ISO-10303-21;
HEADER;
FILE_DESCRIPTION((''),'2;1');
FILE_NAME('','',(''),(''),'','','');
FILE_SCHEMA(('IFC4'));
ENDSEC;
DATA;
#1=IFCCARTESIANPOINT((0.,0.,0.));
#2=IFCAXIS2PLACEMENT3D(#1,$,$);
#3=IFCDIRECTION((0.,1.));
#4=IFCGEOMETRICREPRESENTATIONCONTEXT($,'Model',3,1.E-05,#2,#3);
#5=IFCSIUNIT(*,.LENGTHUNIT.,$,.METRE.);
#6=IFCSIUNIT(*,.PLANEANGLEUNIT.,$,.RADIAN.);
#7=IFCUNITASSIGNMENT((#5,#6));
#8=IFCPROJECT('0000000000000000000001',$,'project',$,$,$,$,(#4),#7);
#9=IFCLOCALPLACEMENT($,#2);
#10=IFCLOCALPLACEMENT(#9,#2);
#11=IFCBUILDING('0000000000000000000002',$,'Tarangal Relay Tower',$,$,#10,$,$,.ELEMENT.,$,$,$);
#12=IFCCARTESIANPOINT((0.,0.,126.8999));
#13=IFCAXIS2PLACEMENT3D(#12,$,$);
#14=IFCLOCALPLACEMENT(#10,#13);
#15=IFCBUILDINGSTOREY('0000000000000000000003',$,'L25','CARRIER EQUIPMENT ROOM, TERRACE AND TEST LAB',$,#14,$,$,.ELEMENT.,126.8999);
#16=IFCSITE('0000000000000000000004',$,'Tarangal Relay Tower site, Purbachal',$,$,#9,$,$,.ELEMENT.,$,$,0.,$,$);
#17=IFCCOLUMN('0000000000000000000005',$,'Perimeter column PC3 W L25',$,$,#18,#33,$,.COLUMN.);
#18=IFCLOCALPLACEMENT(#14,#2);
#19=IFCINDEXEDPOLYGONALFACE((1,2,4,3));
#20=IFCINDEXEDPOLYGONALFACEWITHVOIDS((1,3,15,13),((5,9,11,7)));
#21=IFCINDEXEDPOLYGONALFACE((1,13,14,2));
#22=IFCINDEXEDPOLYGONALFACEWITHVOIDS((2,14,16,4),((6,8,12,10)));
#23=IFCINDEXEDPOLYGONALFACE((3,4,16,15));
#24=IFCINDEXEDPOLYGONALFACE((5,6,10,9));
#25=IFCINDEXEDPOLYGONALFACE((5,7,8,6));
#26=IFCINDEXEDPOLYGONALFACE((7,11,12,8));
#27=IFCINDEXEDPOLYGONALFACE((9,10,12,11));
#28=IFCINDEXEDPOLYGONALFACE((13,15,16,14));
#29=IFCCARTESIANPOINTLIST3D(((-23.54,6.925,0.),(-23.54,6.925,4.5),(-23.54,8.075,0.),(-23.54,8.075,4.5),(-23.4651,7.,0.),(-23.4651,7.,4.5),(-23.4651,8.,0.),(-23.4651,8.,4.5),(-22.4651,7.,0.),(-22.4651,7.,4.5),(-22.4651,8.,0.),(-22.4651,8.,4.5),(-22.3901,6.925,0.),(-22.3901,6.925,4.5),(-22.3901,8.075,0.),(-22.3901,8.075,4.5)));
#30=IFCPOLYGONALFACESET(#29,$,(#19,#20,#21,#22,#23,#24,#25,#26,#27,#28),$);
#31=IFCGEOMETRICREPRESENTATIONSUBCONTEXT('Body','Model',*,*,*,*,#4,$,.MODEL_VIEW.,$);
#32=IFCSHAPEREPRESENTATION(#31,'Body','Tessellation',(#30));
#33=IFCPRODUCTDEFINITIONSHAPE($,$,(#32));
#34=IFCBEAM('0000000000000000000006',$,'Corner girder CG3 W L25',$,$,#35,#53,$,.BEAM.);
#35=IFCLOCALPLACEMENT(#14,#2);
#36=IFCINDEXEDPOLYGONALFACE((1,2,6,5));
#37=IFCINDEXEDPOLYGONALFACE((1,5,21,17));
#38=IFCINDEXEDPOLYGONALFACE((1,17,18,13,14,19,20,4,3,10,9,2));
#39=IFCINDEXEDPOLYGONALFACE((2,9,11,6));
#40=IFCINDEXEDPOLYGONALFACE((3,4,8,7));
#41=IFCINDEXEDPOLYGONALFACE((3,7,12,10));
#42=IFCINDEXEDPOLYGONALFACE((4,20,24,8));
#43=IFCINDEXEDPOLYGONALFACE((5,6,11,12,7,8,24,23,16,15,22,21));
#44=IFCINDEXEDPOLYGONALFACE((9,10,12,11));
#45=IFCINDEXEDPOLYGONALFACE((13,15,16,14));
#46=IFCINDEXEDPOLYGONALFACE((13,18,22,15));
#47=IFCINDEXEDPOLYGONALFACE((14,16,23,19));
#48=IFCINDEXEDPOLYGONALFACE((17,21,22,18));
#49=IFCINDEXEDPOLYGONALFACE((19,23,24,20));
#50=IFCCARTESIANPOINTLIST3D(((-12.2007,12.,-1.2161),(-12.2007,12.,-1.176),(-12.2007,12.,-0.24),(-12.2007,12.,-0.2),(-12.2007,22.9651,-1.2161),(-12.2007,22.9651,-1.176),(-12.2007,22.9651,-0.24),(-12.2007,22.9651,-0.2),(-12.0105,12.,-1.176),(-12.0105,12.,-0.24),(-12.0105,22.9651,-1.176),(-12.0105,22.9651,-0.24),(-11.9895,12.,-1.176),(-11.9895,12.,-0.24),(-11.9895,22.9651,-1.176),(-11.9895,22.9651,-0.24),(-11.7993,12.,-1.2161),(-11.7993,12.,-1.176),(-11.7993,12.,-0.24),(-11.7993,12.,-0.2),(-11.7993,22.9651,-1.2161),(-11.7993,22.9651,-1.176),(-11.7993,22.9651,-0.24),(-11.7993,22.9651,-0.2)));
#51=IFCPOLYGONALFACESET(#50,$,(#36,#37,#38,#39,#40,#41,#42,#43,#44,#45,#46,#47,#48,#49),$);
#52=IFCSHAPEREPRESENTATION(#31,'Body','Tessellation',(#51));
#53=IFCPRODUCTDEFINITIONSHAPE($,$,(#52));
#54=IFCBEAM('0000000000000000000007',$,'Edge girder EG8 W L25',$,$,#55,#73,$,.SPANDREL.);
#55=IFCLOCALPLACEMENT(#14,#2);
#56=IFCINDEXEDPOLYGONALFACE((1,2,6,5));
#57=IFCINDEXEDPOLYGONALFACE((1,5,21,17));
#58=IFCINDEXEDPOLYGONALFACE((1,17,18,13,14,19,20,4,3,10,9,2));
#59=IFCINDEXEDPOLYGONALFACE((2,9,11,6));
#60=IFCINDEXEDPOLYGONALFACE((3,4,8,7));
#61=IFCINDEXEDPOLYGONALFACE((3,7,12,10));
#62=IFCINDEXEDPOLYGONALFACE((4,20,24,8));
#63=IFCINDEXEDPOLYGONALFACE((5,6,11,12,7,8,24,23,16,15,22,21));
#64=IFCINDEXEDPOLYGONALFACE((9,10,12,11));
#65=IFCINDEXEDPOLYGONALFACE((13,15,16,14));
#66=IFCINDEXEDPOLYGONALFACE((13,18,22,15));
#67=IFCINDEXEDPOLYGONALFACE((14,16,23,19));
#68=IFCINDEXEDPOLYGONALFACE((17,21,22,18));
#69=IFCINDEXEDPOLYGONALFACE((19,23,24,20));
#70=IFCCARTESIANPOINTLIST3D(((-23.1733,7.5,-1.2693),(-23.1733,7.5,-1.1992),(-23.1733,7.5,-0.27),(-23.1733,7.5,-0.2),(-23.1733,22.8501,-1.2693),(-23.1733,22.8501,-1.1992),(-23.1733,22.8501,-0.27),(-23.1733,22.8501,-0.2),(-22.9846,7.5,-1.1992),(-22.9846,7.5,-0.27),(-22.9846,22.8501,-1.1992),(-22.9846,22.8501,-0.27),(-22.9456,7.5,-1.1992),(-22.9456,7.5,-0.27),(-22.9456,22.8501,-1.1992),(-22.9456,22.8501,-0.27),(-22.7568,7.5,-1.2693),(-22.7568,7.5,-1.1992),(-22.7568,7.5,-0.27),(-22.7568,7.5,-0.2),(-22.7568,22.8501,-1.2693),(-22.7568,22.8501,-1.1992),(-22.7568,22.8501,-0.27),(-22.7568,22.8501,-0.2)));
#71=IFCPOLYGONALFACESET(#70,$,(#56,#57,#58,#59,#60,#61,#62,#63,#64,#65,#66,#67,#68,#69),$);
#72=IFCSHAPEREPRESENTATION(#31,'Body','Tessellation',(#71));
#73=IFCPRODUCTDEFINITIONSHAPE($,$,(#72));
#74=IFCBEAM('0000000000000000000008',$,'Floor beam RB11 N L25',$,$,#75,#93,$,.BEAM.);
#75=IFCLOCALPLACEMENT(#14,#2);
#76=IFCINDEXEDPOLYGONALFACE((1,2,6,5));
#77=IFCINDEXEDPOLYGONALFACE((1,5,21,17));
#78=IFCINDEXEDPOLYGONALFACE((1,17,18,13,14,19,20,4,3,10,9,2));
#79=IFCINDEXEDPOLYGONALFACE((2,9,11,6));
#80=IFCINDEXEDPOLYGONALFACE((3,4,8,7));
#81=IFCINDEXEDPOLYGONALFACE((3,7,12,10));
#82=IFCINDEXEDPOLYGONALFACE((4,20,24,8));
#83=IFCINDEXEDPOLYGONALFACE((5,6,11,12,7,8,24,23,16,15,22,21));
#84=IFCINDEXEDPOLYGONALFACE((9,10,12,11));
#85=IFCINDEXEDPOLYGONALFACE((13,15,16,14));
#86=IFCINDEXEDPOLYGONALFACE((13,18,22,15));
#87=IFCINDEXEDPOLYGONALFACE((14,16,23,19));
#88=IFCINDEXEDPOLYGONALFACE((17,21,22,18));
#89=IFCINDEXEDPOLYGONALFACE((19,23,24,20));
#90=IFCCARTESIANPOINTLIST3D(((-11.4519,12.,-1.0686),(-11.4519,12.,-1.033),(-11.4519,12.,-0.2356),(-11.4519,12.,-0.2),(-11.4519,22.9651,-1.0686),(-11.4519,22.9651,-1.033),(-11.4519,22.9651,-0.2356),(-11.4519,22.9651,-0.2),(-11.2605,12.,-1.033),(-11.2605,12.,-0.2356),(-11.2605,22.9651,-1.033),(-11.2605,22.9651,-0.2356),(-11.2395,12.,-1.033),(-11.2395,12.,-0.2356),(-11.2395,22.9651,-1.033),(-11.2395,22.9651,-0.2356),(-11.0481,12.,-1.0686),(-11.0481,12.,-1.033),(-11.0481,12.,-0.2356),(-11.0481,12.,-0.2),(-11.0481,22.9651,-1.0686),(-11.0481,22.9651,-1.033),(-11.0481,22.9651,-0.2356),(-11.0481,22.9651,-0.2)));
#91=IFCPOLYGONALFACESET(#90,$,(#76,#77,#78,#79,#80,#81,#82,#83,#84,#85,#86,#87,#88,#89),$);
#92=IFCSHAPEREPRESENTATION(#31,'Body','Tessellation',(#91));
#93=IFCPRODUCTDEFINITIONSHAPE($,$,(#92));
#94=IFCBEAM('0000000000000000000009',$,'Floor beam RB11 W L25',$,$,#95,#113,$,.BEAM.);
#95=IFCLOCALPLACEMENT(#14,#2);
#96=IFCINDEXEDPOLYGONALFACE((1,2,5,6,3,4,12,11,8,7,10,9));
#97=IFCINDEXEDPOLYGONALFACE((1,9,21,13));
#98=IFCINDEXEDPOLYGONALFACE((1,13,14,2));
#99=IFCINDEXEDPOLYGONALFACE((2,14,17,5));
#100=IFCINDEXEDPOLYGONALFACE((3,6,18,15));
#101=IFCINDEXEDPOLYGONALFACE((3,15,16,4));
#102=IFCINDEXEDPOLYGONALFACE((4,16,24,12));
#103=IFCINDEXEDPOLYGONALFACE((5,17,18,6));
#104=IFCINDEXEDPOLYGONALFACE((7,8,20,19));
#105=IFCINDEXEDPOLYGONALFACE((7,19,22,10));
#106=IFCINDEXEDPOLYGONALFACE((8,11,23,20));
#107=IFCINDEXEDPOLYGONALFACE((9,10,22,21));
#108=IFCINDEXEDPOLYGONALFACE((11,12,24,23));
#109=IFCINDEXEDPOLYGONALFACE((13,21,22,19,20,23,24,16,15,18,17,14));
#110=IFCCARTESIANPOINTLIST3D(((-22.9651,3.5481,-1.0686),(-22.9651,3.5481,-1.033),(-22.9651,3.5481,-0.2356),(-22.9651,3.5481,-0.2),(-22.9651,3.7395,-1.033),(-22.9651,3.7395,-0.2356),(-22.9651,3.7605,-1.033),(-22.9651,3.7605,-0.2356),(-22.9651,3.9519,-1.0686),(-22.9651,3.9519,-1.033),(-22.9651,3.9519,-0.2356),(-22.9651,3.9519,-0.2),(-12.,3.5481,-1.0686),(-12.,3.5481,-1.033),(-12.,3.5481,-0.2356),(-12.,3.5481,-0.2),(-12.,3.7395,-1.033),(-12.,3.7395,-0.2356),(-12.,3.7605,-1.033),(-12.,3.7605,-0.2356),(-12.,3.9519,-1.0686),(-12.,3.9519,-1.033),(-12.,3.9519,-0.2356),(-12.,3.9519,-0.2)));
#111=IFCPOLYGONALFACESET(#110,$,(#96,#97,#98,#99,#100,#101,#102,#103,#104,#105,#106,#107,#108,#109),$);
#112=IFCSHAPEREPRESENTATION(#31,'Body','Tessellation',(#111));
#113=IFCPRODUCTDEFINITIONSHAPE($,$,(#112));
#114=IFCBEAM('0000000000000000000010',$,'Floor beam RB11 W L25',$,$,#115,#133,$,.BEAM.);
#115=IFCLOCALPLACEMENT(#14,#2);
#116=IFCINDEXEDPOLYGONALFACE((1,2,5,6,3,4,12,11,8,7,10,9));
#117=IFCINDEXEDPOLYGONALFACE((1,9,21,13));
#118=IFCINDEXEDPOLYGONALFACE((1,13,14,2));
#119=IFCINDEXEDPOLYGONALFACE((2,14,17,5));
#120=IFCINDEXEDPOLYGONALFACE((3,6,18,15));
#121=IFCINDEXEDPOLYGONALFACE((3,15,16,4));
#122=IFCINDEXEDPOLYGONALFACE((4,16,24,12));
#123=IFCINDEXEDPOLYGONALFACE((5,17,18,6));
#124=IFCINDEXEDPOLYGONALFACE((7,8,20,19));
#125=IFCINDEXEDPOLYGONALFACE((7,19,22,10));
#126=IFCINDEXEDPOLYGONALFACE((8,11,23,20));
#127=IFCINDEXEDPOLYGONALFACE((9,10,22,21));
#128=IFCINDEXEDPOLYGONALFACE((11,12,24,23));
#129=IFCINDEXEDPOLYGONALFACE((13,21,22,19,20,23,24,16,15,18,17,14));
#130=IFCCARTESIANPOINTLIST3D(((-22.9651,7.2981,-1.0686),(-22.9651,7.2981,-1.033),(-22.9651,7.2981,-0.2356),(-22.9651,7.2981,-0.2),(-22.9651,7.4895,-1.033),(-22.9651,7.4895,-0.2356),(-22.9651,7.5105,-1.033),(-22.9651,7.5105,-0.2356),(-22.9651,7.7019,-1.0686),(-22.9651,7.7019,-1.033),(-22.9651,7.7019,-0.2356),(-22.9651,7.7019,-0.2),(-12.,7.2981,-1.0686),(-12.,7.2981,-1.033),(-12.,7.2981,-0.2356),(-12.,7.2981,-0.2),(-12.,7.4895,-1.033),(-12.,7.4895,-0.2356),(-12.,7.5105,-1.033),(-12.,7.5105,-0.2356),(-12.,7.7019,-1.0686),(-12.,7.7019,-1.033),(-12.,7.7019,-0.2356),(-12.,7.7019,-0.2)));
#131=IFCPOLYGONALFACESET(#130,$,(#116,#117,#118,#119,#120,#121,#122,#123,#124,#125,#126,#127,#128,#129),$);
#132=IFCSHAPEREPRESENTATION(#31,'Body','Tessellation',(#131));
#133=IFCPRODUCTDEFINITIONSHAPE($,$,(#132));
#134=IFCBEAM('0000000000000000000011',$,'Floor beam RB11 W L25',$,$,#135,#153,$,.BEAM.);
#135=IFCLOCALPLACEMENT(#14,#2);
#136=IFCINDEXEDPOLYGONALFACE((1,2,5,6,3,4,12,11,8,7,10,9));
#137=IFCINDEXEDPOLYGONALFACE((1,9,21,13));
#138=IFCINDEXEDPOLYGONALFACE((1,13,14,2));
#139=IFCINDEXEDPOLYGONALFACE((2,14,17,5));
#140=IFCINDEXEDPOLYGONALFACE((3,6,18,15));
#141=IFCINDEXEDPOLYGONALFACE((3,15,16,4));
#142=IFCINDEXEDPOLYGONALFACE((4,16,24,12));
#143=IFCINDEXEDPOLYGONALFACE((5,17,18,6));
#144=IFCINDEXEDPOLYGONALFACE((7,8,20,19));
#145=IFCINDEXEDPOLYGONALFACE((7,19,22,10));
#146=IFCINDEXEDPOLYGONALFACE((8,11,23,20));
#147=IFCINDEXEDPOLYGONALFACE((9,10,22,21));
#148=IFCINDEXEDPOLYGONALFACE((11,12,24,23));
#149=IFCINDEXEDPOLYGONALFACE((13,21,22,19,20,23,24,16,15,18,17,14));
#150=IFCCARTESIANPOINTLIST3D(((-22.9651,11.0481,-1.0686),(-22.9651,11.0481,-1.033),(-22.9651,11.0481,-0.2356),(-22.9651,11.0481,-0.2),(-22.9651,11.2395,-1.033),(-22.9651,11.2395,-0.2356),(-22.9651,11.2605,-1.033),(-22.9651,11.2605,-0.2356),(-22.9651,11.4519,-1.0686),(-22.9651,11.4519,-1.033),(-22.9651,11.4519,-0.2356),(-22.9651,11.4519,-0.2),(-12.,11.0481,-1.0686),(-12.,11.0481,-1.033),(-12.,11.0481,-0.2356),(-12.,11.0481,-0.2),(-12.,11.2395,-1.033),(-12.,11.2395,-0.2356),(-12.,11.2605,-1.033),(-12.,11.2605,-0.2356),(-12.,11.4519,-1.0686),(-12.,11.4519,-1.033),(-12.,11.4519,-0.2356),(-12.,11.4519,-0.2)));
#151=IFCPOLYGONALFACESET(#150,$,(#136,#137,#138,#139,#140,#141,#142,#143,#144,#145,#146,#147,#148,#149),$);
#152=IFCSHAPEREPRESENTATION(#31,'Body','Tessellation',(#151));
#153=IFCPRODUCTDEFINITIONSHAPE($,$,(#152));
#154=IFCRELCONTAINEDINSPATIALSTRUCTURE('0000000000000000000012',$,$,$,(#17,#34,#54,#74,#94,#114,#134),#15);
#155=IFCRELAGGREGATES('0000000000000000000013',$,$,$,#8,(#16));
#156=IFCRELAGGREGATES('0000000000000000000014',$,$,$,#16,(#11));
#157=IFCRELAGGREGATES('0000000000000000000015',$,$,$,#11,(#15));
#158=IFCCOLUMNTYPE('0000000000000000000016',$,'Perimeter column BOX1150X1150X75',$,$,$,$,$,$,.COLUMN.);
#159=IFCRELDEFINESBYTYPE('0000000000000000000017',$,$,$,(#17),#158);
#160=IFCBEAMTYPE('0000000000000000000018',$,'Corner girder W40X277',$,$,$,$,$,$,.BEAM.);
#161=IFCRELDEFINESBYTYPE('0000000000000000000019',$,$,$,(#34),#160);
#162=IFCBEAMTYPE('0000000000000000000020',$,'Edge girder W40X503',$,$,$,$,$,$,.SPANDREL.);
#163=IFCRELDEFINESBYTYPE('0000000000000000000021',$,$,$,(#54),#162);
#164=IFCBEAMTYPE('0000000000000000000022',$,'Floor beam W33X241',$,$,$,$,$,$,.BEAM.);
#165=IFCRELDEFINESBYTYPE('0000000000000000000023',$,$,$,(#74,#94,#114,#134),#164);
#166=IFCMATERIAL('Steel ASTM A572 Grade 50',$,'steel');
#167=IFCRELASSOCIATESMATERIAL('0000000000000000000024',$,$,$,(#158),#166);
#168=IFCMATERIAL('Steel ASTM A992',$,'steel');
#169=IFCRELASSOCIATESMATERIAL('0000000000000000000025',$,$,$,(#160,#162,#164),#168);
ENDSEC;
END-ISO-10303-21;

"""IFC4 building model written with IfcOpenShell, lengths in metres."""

from ifc_helpers import new_model, si_unit, direction, frame, origin, origin_2d, place, context, subcontext, project, spatial, hollow_rectangle, i_section, extrude, material, material_profile, profile_set, type_object, element, save


model = new_model("IFC4")

# Units and contexts
model_context = context("Model", 3, precision=1e-05, world=origin(), true_north=direction((0.0, 1.0)))
body_context = subcontext(model_context, "Body", "Model", "MODEL_VIEW")
ifc_project = project(units=[si_unit("LENGTHUNIT", "METRE"), si_unit("PLANEANGLEUNIT", "RADIAN")], contexts=[model_context])

# Site, building, storey
site_placement = place(None, origin())
site = spatial("IfcSite", under=ifc_project, at=site_placement, Name="Tarangal Relay Tower site, Purbachal", CompositionType="ELEMENT", RefElevation=0.0)
building_placement = place(site_placement, origin())
building = spatial("IfcBuilding", under=site, at=building_placement, Name="Tarangal Relay Tower", CompositionType="ELEMENT")
storey_placement = place(building_placement, frame((0.0, 0.0, 126.8999)))
storey = spatial("IfcBuildingStorey", under=building, at=storey_placement, Name="L25", Description="CARRIER EQUIPMENT ROOM, TERRACE AND TEST LAB", CompositionType="ELEMENT", Elevation=126.8999)

# Column
ifc_material_1 = material(Name="Steel ASTM A572 Grade 50", Category="steel")
ifc_material_profile_1 = material_profile(ifc_material_1, hollow_rectangle(XDim=1.1499, YDim=1.1499, WallThickness=0.075, at=origin_2d()), Name="BOX1150X1150X75")
ifc_profile_set_1 = profile_set([ifc_material_profile_1], Name="Steel ASTM A572 Grade 50")
column_type = type_object("IfcColumnType", Name="Perimeter column BOX1150X1150X75", PredefinedType="COLUMN", material=ifc_profile_set_1)
column_placement = place(storey_placement, frame((-22.9651, 7.5, 0.0), z_axis=(0.0, 0.0, 1.0), x_axis=(1.0, 0.0, 0.0)))
element("IfcColumn", 1, at=column_placement, inside=storey, type_object=column_type, Name="Perimeter column PC3 W L25", PredefinedType="COLUMN", context=body_context, shape_type="SweptSolid", body=[
    extrude(hollow_rectangle(XDim=1.1499, YDim=1.1499, WallThickness=0.075, at=origin_2d()), origin(), (0.0, 0.0, 1.0), 4.5),
])

# Beams
ifc_material_2 = material(Name="Steel ASTM A992", Category="steel")
ifc_material_profile_2 = material_profile(ifc_material_2, i_section(OverallWidth=0.4014, OverallDepth=1.0161, WebThickness=0.021, FlangeThickness=0.04, at=origin_2d()), Name="W40X277")
ifc_profile_set_2 = profile_set([ifc_material_profile_2], Name="Steel ASTM A992")
beam_type_1 = type_object("IfcBeamType", Name="Corner girder W40X277", PredefinedType="BEAM", material=ifc_profile_set_2)
beam_1_placement = place(storey_placement, frame((-12.0, 12.0, -0.708), z_axis=(0.0, 1.0, 0.0), x_axis=(-1.0, 0.0, 0.0)))
element("IfcBeam", 2, at=beam_1_placement, inside=storey, type_object=beam_type_1, Name="Corner girder CG3 W L25", PredefinedType="BEAM", context=body_context, shape_type="SweptSolid", body=[
    extrude(i_section(OverallWidth=0.4014, OverallDepth=1.0161, WebThickness=0.021, FlangeThickness=0.04, at=origin_2d()), origin(), (0.0, 0.0, 1.0), 10.9651),
])
ifc_material_profile_3 = material_profile(ifc_material_2, i_section(OverallWidth=0.4165, OverallDepth=1.0693, WebThickness=0.0391, FlangeThickness=0.0701, at=origin_2d()), Name="W40X503")
ifc_profile_set_3 = profile_set([ifc_material_profile_3], Name="Steel ASTM A992")
beam_type_2 = type_object("IfcBeamType", Name="Edge girder W40X503", PredefinedType="SPANDREL", material=ifc_profile_set_3)
beam_2_placement = place(storey_placement, frame((-22.9651, 7.5, -0.7346), z_axis=(0.0, 1.0, 0.0), x_axis=(-1.0, 0.0, 0.0)))
element("IfcBeam", 3, at=beam_2_placement, inside=storey, type_object=beam_type_2, Name="Edge girder EG8 W L25", PredefinedType="SPANDREL", context=body_context, shape_type="SweptSolid", body=[
    extrude(i_section(OverallWidth=0.4165, OverallDepth=1.0693, WebThickness=0.0391, FlangeThickness=0.0701, at=origin_2d()), origin(), (0.0, 0.0, 1.0), 15.3501),
])
ifc_material_profile_4 = material_profile(ifc_material_2, i_section(OverallWidth=0.4038, OverallDepth=0.8687, WebThickness=0.021, FlangeThickness=0.0356, at=origin_2d()), Name="W33X241")
ifc_profile_set_4 = profile_set([ifc_material_profile_4], Name="Steel ASTM A992")
beam_type_3 = type_object("IfcBeamType", Name="Floor beam W33X241", PredefinedType="BEAM", material=ifc_profile_set_4)
for number, where, z_axis, x_axis, name in (
    (4, (-11.25, 12.0, -0.6343), (0.0, 1.0, 0.0), (-1.0, 0.0, 0.0), "Floor beam RB11 N L25"),
    (5, (-12.0, 3.75, -0.6343), (-1.0, 0.0, 0.0), (0.0, -1.0, 0.0), "Floor beam RB11 W L25"),
    (6, (-12.0, 7.5, -0.6343), (-1.0, 0.0, 0.0), (0.0, -1.0, 0.0), "Floor beam RB11 W L25"),
    (7, (-12.0, 11.25, -0.6343), (-1.0, 0.0, 0.0), (0.0, -1.0, 0.0), "Floor beam RB11 W L25"),
):
    element("IfcBeam", number, at=place(storey_placement, frame(where, z_axis=z_axis, x_axis=x_axis)), inside=storey, type_object=beam_type_3, Name=name, PredefinedType="BEAM", context=body_context, shape_type="SweptSolid", body=[
        extrude(i_section(OverallWidth=0.4038, OverallDepth=0.8687, WebThickness=0.021, FlangeThickness=0.0356, at=origin_2d()), origin(), (0.0, 0.0, 1.0), 10.9651),
    ])

save(model, "model.ifc")
